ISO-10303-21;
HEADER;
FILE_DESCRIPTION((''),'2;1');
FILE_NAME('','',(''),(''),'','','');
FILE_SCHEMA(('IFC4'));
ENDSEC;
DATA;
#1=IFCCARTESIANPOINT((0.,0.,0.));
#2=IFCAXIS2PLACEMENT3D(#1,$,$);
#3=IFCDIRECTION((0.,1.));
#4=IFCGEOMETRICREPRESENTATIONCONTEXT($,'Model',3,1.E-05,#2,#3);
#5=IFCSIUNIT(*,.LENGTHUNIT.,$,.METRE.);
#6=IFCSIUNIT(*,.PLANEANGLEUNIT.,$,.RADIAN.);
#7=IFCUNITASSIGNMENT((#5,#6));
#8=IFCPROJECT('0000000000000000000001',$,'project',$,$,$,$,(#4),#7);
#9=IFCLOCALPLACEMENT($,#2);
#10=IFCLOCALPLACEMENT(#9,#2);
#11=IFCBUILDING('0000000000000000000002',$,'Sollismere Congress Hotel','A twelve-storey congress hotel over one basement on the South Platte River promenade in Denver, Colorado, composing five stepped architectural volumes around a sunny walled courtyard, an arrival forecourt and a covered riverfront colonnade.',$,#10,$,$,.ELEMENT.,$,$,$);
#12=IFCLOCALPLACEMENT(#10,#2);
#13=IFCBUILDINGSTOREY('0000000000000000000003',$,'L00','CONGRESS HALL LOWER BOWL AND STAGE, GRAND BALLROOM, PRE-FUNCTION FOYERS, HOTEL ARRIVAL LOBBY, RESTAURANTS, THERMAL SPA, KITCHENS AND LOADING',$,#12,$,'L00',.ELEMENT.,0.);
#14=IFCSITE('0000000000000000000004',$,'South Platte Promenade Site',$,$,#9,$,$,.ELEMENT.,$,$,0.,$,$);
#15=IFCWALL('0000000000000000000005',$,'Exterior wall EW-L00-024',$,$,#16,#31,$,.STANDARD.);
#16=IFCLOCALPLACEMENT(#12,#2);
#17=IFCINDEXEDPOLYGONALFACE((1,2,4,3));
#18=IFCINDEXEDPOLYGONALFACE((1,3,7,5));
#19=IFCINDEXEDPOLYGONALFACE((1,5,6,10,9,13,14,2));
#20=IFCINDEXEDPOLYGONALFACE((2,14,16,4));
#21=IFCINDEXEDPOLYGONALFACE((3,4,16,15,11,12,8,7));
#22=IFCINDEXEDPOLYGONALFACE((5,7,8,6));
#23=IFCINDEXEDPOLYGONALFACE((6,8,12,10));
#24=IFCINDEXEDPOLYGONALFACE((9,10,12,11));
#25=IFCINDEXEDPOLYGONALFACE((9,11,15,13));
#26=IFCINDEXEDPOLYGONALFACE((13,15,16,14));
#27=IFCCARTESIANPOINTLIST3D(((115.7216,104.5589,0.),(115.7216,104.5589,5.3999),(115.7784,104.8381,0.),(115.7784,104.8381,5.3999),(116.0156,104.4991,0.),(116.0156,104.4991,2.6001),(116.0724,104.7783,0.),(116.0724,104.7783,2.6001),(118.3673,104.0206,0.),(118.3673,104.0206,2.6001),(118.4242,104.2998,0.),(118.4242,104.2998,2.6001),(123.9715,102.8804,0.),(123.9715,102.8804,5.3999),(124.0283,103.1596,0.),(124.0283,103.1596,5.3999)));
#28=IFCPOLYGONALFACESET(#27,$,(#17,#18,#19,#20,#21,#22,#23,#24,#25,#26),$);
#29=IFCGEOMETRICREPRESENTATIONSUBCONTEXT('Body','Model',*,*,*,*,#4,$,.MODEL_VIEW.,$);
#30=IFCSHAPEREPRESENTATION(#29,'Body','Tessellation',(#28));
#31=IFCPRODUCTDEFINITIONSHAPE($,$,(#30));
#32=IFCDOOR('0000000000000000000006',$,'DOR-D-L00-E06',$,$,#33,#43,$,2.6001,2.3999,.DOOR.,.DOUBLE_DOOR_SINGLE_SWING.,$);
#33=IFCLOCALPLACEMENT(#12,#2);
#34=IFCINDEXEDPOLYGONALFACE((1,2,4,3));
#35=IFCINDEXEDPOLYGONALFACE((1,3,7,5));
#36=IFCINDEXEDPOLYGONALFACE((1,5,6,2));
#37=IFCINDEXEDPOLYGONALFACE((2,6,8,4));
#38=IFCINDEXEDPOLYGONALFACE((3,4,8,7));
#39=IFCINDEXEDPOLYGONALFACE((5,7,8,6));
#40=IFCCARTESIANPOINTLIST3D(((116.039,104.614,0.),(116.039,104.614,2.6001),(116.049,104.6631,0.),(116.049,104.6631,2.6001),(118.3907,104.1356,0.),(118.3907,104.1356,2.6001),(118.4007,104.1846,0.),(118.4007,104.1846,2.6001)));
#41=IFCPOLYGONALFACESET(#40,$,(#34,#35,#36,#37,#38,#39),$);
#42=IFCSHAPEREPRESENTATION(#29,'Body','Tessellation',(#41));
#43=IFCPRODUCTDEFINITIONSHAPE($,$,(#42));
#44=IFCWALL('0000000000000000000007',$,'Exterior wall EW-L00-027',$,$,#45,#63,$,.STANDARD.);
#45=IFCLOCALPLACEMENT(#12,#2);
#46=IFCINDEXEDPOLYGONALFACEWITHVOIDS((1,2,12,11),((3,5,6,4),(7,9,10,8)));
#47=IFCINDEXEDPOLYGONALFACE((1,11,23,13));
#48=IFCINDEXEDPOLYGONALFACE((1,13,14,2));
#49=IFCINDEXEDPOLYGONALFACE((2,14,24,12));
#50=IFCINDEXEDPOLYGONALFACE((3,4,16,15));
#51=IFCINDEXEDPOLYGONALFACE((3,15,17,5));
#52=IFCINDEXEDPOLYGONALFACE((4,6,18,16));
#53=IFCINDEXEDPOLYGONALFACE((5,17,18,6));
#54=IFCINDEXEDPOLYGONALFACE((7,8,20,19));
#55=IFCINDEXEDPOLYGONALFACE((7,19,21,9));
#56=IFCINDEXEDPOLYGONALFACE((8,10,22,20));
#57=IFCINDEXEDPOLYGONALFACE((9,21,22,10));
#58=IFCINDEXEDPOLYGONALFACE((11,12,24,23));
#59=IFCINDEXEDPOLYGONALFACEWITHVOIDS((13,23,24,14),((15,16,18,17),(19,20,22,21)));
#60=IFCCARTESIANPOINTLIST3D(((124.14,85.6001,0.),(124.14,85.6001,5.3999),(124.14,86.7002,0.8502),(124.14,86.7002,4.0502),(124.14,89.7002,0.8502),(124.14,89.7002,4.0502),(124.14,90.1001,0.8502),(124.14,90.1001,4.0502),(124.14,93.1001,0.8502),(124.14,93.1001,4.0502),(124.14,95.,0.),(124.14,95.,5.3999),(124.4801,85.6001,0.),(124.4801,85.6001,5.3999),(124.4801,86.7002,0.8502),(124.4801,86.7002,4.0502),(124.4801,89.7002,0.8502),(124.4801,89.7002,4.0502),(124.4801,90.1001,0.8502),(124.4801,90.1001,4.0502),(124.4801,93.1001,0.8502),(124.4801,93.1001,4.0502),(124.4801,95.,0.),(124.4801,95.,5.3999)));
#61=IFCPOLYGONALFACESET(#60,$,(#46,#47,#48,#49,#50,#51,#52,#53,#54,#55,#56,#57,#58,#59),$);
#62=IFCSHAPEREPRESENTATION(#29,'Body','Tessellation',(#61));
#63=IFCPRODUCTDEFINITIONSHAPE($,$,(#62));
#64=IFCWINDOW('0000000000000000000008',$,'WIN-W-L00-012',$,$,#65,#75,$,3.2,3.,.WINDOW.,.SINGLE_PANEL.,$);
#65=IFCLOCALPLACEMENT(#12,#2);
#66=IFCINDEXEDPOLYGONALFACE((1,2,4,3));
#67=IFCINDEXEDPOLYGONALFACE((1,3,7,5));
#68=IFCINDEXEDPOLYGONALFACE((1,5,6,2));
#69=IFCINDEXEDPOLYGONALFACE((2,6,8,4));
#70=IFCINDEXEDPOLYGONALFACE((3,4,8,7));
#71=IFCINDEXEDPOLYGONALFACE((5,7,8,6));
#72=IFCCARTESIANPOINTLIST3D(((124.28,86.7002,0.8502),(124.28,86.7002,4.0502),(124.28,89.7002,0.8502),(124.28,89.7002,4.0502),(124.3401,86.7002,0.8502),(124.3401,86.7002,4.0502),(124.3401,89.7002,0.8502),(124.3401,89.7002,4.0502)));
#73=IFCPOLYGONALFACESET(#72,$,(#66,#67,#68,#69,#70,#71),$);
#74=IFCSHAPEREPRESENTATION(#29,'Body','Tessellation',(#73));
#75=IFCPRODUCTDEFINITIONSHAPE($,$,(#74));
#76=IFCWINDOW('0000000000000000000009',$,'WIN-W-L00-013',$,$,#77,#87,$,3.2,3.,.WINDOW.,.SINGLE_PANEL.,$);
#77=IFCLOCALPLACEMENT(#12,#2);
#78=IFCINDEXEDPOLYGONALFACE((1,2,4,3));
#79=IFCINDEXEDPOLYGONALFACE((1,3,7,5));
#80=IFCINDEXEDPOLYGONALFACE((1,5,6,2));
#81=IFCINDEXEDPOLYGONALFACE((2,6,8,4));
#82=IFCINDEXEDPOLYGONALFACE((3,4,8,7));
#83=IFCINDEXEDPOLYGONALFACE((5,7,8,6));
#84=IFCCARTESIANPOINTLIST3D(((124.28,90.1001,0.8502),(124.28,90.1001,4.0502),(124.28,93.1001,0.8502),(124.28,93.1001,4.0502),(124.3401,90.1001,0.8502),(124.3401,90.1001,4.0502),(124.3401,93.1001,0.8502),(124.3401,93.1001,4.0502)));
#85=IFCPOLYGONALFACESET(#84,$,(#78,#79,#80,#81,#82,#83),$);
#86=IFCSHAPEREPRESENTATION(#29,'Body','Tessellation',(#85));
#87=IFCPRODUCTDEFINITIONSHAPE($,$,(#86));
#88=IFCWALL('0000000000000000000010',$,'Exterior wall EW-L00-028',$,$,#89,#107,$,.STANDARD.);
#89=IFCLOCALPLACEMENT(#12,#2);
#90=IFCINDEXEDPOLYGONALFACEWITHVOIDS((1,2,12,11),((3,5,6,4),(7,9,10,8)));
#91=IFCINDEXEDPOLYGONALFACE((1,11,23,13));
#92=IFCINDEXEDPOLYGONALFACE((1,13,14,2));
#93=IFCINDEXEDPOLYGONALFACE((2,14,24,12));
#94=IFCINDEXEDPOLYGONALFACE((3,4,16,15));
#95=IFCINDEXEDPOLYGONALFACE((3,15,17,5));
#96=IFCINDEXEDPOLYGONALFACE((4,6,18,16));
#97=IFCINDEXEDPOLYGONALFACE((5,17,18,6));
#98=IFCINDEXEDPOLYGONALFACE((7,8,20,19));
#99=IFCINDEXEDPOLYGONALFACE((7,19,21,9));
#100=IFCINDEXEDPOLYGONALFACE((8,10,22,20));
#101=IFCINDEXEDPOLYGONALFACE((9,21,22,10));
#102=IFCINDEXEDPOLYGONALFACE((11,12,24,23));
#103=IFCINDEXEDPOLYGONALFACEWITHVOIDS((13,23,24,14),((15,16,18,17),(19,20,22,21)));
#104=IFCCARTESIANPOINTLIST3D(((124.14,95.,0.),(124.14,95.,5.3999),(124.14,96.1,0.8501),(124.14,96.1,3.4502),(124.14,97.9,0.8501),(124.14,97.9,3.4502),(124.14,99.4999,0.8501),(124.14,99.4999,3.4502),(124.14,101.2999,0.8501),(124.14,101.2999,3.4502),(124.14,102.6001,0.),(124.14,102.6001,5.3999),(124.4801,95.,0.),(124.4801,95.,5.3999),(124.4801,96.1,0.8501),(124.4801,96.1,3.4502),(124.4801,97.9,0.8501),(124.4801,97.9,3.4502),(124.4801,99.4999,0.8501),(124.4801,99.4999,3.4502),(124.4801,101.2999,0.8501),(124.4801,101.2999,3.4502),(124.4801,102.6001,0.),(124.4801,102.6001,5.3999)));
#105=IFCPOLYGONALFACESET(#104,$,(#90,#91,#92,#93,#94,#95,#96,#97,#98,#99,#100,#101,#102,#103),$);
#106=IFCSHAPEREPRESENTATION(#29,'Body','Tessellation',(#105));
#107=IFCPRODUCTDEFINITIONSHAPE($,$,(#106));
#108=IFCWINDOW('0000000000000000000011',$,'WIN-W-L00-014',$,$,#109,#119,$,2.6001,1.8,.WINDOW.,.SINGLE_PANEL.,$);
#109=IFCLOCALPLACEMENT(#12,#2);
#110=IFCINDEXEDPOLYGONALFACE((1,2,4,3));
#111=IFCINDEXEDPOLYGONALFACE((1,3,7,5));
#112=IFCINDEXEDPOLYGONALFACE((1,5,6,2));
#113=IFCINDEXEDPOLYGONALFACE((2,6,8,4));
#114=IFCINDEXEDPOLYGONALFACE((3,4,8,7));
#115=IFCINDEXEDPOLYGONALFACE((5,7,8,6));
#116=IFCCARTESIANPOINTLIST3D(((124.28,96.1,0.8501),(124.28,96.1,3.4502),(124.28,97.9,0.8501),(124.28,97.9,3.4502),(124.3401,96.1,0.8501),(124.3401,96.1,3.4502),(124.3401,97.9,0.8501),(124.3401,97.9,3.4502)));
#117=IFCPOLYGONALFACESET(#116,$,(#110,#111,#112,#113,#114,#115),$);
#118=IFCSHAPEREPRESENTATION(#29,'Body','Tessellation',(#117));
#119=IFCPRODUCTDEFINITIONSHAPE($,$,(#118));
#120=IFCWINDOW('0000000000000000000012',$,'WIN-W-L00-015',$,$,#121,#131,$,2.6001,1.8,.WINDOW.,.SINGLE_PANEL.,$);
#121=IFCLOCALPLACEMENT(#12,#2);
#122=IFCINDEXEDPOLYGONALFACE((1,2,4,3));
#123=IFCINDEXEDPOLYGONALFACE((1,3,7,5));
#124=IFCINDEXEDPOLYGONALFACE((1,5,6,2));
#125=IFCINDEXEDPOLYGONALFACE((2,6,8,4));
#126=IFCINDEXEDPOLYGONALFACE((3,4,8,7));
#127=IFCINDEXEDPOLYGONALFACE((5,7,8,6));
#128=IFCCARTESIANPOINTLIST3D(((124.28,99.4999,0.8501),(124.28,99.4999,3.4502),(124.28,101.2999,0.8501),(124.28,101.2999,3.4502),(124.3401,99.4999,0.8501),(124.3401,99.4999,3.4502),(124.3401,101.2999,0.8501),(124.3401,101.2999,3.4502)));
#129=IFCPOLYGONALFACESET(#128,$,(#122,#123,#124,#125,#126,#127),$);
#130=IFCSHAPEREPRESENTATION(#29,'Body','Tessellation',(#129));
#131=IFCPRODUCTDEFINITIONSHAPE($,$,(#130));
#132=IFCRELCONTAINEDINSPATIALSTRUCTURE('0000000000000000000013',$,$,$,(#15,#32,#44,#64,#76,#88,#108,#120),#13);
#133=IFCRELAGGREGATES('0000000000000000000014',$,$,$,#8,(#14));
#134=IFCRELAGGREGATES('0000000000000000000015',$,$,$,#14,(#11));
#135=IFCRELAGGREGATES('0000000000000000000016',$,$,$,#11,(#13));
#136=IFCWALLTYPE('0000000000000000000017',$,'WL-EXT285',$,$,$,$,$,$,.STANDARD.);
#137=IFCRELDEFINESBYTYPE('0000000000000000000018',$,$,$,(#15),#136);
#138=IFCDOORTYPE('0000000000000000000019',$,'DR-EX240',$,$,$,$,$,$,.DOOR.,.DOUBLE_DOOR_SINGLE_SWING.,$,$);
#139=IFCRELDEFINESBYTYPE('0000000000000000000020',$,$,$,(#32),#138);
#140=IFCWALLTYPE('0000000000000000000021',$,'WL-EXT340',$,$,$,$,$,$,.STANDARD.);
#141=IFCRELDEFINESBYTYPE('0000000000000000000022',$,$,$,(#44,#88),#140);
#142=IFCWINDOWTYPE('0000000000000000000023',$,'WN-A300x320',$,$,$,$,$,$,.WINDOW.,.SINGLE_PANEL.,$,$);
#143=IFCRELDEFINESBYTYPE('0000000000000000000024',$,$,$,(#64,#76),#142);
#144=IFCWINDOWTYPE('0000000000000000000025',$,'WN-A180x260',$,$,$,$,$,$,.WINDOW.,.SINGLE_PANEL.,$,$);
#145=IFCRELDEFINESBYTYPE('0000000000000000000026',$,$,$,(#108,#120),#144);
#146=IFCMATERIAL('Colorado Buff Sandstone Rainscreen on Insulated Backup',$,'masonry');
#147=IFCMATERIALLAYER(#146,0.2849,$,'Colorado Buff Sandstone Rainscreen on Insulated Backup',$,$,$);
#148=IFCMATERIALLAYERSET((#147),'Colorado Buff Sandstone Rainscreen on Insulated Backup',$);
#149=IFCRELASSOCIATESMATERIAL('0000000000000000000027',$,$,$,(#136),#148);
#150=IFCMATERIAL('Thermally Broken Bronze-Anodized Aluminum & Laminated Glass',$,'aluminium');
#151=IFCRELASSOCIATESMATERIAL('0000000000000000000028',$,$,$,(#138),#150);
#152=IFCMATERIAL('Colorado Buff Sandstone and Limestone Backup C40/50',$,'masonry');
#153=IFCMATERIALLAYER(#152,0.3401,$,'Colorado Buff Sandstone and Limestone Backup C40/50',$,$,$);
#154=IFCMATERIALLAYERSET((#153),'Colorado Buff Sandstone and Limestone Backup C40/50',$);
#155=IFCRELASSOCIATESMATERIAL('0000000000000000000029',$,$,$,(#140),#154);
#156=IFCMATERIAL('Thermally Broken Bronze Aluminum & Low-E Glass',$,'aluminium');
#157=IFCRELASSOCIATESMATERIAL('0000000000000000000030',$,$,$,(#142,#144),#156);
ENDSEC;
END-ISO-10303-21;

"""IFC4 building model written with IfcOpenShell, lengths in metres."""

from ifc_helpers import new_model, si_unit, direction, frame, frame_2d, origin, place, context, subcontext, project, spatial, rectangle, extrude, material, layer, layer_set, type_object, element, fill, save


model = new_model("IFC4")

# Units and contexts
model_context = context("Model", 3, precision=1e-05, world=origin(), true_north=direction((0.0, 1.0)))
body_context = subcontext(model_context, "Body", "Model", "MODEL_VIEW")
ifc_project = project(units=[si_unit("LENGTHUNIT", "METRE"), si_unit("PLANEANGLEUNIT", "RADIAN")], contexts=[model_context])

# Site, building, storey
site_placement = place(None, origin())
site = spatial("IfcSite", under=ifc_project, at=site_placement, Name="South Platte Promenade Site", CompositionType="ELEMENT", RefElevation=0.0)
building_placement = place(site_placement, origin())
building = spatial("IfcBuilding", under=site, at=building_placement, Name="Sollismere Congress Hotel", Description="A twelve-storey congress hotel over one basement on the South Platte River promenade in Denver, Colorado, composing five stepped architectural volumes around a sunny walled courtyard, an arrival forecourt and a covered riverfront colonnade.", CompositionType="ELEMENT")
storey_placement = place(building_placement, origin())
storey = spatial("IfcBuildingStorey", under=building, at=storey_placement, Name="L00", Description="CONGRESS HALL LOWER BOWL AND STAGE, GRAND BALLROOM, PRE-FUNCTION FOYERS, HOTEL ARRIVAL LOBBY, RESTAURANTS, THERMAL SPA, KITCHENS AND LOADING", LongName="L00", CompositionType="ELEMENT", Elevation=0.0)

# Wall, opening, door
ifc_material_1 = material(Name="Colorado Buff Sandstone Rainscreen on Insulated Backup", Category="masonry")
ifc_layer_1 = layer(ifc_material_1, 0.2849, Name="Colorado Buff Sandstone Rainscreen on Insulated Backup")
ifc_layer_set_1 = layer_set([ifc_layer_1], Name="Colorado Buff Sandstone Rainscreen on Insulated Backup")
wall_type_1 = type_object("IfcWallType", Name="WL-EXT285", PredefinedType="STANDARD", material=ifc_layer_set_1)
wall_1_placement = place(storey_placement, frame((115.75, 104.6985, 0.0), z_axis=(0.0, 0.0, 1.0), x_axis=(0.979925, -0.199366, 0.0)))
wall_1 = element("IfcWall", 1, at=wall_1_placement, inside=storey, type_object=wall_type_1, Name="Exterior wall EW-L00-024", PredefinedType="STANDARD", context=body_context, shape_type="SweptSolid", body=[
    extrude(rectangle(XDim=8.4189, YDim=0.2849, at=frame_2d((4.2095, 0.0))), origin(), (0.0, 0.0, 1.0), 5.3999),
])
opening_1_placement = place(wall_1_placement, frame((0.3, 0.0, 0.0)))
opening_1 = element("IfcOpeningElement", 2, at=opening_1_placement, cuts=wall_1, PredefinedType="OPENING", context=body_context, shape_type="SweptSolid", body=[
    extrude(rectangle(XDim=2.3999, YDim=2.6001, at=frame_2d((1.2, 1.3))), frame((0.0, 0.1523, 0.0), z_axis=(0.0, -1.0, 0.0), x_axis=(1.0, 0.0, 0.0)), (0.0, 0.0, 1.0), 0.3049),
])
ifc_material_2 = material(Name="Thermally Broken Bronze-Anodized Aluminum & Laminated Glass", Category="aluminium")
door_type = type_object("IfcDoorType", Name="DR-EX240", OperationType="DOUBLE_DOOR_SINGLE_SWING", PredefinedType="DOOR", material=ifc_material_2)
door_placement = place(opening_1_placement, origin())
door = element("IfcDoor", 3, at=door_placement, inside=storey, type_object=door_type, Name="DOR-D-L00-E06", OperationType="DOUBLE_DOOR_SINGLE_SWING", OverallHeight=2.6001, OverallWidth=2.3999, PredefinedType="DOOR", context=body_context, shape_type="SweptSolid", body=[
    extrude(rectangle(XDim=2.3999, YDim=2.6001, at=frame_2d((1.2, 1.3))), frame((0.0, 0.0249, 0.0), z_axis=(0.0, -1.0, 0.0), x_axis=(1.0, 0.0, 0.0)), (0.0, 0.0, 1.0), 0.05),
])
fill(opening_1, door)

# Walls, openings, windows
ifc_material_3 = material(Name="Colorado Buff Sandstone and Limestone Backup C40/50", Category="masonry")
ifc_layer_2 = layer(ifc_material_3, 0.3401, Name="Colorado Buff Sandstone and Limestone Backup C40/50")
ifc_layer_set_2 = layer_set([ifc_layer_2], Name="Colorado Buff Sandstone and Limestone Backup C40/50")
wall_type_2 = type_object("IfcWallType", Name="WL-EXT340", PredefinedType="STANDARD", material=ifc_layer_set_2)
wall_2_placement = place(storey_placement, frame((124.3101, 85.6001, 0.0), z_axis=(0.0, 0.0, 1.0), x_axis=(0.0, 1.0, 0.0)))
wall_2 = element("IfcWall", 4, at=wall_2_placement, inside=storey, type_object=wall_type_2, Name="Exterior wall EW-L00-027", PredefinedType="STANDARD", context=body_context, shape_type="SweptSolid", body=[
    extrude(rectangle(XDim=9.3999, YDim=0.3401, at=frame_2d((4.7, 0.0))), origin(), (0.0, 0.0, 1.0), 5.3999),
])
opening_2_placement = place(wall_2_placement, frame((1.1001, 0.0, 0.8501)))
opening_2 = element("IfcOpeningElement", 5, at=opening_2_placement, cuts=wall_2, PredefinedType="OPENING", context=body_context, shape_type="SweptSolid", body=[
    extrude(rectangle(XDim=3.0, YDim=3.2, at=frame_2d((1.5, 1.6001))), frame((0.0, 0.1799, 0.0), z_axis=(0.0, -1.0, 0.0), x_axis=(1.0, 0.0, 0.0)), (0.0, 0.0, 1.0), 0.3601),
])
opening_3_placement = place(wall_2_placement, frame((4.5, 0.0, 0.8501)))
opening_3 = element("IfcOpeningElement", 6, at=opening_3_placement, cuts=wall_2, PredefinedType="OPENING", context=body_context, shape_type="SweptSolid", body=[
    extrude(rectangle(XDim=3.0, YDim=3.2, at=frame_2d((1.5, 1.6001))), frame((0.0, 0.1799, 0.0), z_axis=(0.0, -1.0, 0.0), x_axis=(1.0, 0.0, 0.0)), (0.0, 0.0, 1.0), 0.3601),
])
ifc_material_4 = material(Name="Thermally Broken Bronze Aluminum & Low-E Glass", Category="aluminium")
window_type_1 = type_object("IfcWindowType", Name="WN-A300x320", PartitioningType="SINGLE_PANEL", PredefinedType="WINDOW", material=ifc_material_4)
window_1_placement = place(opening_2_placement, origin())
window_1 = element("IfcWindow", 7, at=window_1_placement, inside=storey, type_object=window_type_1, Name="WIN-W-L00-012", OverallHeight=3.2, OverallWidth=3.0, PartitioningType="SINGLE_PANEL", PredefinedType="WINDOW", context=body_context, shape_type="SweptSolid", body=[
    extrude(rectangle(XDim=3.0, YDim=3.2, at=frame_2d((1.5, 1.6001))), frame((0.0, 0.03, 0.0), z_axis=(0.0, -1.0, 0.0), x_axis=(1.0, 0.0, 0.0)), (0.0, 0.0, 1.0), 0.0601),
])
fill(opening_2, window_1)
window_2_placement = place(opening_3_placement, origin())
window_2 = element("IfcWindow", 8, at=window_2_placement, inside=storey, type_object=window_type_1, Name="WIN-W-L00-013", OverallHeight=3.2, OverallWidth=3.0, PartitioningType="SINGLE_PANEL", PredefinedType="WINDOW", context=body_context, shape_type="SweptSolid", body=[
    extrude(rectangle(XDim=3.0, YDim=3.2, at=frame_2d((1.5, 1.6001))), frame((0.0, 0.03, 0.0), z_axis=(0.0, -1.0, 0.0), x_axis=(1.0, 0.0, 0.0)), (0.0, 0.0, 1.0), 0.0601),
])
fill(opening_3, window_2)
wall_3_placement = place(storey_placement, frame((124.3101, 95.0, 0.0), z_axis=(0.0, 0.0, 1.0), x_axis=(0.0, 1.0, 0.0)))
wall_3 = element("IfcWall", 9, at=wall_3_placement, inside=storey, type_object=wall_type_2, Name="Exterior wall EW-L00-028", PredefinedType="STANDARD", context=body_context, shape_type="SweptSolid", body=[
    extrude(rectangle(XDim=7.6001, YDim=0.3401, at=frame_2d((3.8, 0.0))), origin(), (0.0, 0.0, 1.0), 5.3999),
])
opening_4_placement = place(wall_3_placement, frame((1.1001, 0.0, 0.8501)))
opening_4 = element("IfcOpeningElement", 10, at=opening_4_placement, cuts=wall_3, PredefinedType="OPENING", context=body_context, shape_type="SweptSolid", body=[
    extrude(rectangle(XDim=1.8, YDim=2.6001, at=frame_2d((0.8999, 1.3))), frame((0.0, 0.1799, 0.0), z_axis=(0.0, -1.0, 0.0), x_axis=(1.0, 0.0, 0.0)), (0.0, 0.0, 1.0), 0.3601),
])
opening_5_placement = place(wall_3_placement, frame((4.5, 0.0, 0.8501)))
opening_5 = element("IfcOpeningElement", 11, at=opening_5_placement, cuts=wall_3, PredefinedType="OPENING", context=body_context, shape_type="SweptSolid", body=[
    extrude(rectangle(XDim=1.8, YDim=2.6001, at=frame_2d((0.8999, 1.3))), frame((0.0, 0.1799, 0.0), z_axis=(0.0, -1.0, 0.0), x_axis=(1.0, 0.0, 0.0)), (0.0, 0.0, 1.0), 0.3601),
])
window_type_2 = type_object("IfcWindowType", Name="WN-A180x260", PartitioningType="SINGLE_PANEL", PredefinedType="WINDOW", material=ifc_material_4)
window_3_placement = place(opening_4_placement, origin())
window_3 = element("IfcWindow", 12, at=window_3_placement, inside=storey, type_object=window_type_2, Name="WIN-W-L00-014", OverallHeight=2.6001, OverallWidth=1.8, PartitioningType="SINGLE_PANEL", PredefinedType="WINDOW", context=body_context, shape_type="SweptSolid", body=[
    extrude(rectangle(XDim=1.8, YDim=2.6001, at=frame_2d((0.8999, 1.3))), frame((0.0, 0.03, 0.0), z_axis=(0.0, -1.0, 0.0), x_axis=(1.0, 0.0, 0.0)), (0.0, 0.0, 1.0), 0.0601),
])
fill(opening_4, window_3)
window_4_placement = place(opening_5_placement, origin())
window_4 = element("IfcWindow", 13, at=window_4_placement, inside=storey, type_object=window_type_2, Name="WIN-W-L00-015", OverallHeight=2.6001, OverallWidth=1.8, PartitioningType="SINGLE_PANEL", PredefinedType="WINDOW", context=body_context, shape_type="SweptSolid", body=[
    extrude(rectangle(XDim=1.8, YDim=2.6001, at=frame_2d((0.8999, 1.3))), frame((0.0, 0.03, 0.0), z_axis=(0.0, -1.0, 0.0), x_axis=(1.0, 0.0, 0.0)), (0.0, 0.0, 1.0), 0.0601),
])
fill(opening_5, window_4)

save(model, "model.ifc")
